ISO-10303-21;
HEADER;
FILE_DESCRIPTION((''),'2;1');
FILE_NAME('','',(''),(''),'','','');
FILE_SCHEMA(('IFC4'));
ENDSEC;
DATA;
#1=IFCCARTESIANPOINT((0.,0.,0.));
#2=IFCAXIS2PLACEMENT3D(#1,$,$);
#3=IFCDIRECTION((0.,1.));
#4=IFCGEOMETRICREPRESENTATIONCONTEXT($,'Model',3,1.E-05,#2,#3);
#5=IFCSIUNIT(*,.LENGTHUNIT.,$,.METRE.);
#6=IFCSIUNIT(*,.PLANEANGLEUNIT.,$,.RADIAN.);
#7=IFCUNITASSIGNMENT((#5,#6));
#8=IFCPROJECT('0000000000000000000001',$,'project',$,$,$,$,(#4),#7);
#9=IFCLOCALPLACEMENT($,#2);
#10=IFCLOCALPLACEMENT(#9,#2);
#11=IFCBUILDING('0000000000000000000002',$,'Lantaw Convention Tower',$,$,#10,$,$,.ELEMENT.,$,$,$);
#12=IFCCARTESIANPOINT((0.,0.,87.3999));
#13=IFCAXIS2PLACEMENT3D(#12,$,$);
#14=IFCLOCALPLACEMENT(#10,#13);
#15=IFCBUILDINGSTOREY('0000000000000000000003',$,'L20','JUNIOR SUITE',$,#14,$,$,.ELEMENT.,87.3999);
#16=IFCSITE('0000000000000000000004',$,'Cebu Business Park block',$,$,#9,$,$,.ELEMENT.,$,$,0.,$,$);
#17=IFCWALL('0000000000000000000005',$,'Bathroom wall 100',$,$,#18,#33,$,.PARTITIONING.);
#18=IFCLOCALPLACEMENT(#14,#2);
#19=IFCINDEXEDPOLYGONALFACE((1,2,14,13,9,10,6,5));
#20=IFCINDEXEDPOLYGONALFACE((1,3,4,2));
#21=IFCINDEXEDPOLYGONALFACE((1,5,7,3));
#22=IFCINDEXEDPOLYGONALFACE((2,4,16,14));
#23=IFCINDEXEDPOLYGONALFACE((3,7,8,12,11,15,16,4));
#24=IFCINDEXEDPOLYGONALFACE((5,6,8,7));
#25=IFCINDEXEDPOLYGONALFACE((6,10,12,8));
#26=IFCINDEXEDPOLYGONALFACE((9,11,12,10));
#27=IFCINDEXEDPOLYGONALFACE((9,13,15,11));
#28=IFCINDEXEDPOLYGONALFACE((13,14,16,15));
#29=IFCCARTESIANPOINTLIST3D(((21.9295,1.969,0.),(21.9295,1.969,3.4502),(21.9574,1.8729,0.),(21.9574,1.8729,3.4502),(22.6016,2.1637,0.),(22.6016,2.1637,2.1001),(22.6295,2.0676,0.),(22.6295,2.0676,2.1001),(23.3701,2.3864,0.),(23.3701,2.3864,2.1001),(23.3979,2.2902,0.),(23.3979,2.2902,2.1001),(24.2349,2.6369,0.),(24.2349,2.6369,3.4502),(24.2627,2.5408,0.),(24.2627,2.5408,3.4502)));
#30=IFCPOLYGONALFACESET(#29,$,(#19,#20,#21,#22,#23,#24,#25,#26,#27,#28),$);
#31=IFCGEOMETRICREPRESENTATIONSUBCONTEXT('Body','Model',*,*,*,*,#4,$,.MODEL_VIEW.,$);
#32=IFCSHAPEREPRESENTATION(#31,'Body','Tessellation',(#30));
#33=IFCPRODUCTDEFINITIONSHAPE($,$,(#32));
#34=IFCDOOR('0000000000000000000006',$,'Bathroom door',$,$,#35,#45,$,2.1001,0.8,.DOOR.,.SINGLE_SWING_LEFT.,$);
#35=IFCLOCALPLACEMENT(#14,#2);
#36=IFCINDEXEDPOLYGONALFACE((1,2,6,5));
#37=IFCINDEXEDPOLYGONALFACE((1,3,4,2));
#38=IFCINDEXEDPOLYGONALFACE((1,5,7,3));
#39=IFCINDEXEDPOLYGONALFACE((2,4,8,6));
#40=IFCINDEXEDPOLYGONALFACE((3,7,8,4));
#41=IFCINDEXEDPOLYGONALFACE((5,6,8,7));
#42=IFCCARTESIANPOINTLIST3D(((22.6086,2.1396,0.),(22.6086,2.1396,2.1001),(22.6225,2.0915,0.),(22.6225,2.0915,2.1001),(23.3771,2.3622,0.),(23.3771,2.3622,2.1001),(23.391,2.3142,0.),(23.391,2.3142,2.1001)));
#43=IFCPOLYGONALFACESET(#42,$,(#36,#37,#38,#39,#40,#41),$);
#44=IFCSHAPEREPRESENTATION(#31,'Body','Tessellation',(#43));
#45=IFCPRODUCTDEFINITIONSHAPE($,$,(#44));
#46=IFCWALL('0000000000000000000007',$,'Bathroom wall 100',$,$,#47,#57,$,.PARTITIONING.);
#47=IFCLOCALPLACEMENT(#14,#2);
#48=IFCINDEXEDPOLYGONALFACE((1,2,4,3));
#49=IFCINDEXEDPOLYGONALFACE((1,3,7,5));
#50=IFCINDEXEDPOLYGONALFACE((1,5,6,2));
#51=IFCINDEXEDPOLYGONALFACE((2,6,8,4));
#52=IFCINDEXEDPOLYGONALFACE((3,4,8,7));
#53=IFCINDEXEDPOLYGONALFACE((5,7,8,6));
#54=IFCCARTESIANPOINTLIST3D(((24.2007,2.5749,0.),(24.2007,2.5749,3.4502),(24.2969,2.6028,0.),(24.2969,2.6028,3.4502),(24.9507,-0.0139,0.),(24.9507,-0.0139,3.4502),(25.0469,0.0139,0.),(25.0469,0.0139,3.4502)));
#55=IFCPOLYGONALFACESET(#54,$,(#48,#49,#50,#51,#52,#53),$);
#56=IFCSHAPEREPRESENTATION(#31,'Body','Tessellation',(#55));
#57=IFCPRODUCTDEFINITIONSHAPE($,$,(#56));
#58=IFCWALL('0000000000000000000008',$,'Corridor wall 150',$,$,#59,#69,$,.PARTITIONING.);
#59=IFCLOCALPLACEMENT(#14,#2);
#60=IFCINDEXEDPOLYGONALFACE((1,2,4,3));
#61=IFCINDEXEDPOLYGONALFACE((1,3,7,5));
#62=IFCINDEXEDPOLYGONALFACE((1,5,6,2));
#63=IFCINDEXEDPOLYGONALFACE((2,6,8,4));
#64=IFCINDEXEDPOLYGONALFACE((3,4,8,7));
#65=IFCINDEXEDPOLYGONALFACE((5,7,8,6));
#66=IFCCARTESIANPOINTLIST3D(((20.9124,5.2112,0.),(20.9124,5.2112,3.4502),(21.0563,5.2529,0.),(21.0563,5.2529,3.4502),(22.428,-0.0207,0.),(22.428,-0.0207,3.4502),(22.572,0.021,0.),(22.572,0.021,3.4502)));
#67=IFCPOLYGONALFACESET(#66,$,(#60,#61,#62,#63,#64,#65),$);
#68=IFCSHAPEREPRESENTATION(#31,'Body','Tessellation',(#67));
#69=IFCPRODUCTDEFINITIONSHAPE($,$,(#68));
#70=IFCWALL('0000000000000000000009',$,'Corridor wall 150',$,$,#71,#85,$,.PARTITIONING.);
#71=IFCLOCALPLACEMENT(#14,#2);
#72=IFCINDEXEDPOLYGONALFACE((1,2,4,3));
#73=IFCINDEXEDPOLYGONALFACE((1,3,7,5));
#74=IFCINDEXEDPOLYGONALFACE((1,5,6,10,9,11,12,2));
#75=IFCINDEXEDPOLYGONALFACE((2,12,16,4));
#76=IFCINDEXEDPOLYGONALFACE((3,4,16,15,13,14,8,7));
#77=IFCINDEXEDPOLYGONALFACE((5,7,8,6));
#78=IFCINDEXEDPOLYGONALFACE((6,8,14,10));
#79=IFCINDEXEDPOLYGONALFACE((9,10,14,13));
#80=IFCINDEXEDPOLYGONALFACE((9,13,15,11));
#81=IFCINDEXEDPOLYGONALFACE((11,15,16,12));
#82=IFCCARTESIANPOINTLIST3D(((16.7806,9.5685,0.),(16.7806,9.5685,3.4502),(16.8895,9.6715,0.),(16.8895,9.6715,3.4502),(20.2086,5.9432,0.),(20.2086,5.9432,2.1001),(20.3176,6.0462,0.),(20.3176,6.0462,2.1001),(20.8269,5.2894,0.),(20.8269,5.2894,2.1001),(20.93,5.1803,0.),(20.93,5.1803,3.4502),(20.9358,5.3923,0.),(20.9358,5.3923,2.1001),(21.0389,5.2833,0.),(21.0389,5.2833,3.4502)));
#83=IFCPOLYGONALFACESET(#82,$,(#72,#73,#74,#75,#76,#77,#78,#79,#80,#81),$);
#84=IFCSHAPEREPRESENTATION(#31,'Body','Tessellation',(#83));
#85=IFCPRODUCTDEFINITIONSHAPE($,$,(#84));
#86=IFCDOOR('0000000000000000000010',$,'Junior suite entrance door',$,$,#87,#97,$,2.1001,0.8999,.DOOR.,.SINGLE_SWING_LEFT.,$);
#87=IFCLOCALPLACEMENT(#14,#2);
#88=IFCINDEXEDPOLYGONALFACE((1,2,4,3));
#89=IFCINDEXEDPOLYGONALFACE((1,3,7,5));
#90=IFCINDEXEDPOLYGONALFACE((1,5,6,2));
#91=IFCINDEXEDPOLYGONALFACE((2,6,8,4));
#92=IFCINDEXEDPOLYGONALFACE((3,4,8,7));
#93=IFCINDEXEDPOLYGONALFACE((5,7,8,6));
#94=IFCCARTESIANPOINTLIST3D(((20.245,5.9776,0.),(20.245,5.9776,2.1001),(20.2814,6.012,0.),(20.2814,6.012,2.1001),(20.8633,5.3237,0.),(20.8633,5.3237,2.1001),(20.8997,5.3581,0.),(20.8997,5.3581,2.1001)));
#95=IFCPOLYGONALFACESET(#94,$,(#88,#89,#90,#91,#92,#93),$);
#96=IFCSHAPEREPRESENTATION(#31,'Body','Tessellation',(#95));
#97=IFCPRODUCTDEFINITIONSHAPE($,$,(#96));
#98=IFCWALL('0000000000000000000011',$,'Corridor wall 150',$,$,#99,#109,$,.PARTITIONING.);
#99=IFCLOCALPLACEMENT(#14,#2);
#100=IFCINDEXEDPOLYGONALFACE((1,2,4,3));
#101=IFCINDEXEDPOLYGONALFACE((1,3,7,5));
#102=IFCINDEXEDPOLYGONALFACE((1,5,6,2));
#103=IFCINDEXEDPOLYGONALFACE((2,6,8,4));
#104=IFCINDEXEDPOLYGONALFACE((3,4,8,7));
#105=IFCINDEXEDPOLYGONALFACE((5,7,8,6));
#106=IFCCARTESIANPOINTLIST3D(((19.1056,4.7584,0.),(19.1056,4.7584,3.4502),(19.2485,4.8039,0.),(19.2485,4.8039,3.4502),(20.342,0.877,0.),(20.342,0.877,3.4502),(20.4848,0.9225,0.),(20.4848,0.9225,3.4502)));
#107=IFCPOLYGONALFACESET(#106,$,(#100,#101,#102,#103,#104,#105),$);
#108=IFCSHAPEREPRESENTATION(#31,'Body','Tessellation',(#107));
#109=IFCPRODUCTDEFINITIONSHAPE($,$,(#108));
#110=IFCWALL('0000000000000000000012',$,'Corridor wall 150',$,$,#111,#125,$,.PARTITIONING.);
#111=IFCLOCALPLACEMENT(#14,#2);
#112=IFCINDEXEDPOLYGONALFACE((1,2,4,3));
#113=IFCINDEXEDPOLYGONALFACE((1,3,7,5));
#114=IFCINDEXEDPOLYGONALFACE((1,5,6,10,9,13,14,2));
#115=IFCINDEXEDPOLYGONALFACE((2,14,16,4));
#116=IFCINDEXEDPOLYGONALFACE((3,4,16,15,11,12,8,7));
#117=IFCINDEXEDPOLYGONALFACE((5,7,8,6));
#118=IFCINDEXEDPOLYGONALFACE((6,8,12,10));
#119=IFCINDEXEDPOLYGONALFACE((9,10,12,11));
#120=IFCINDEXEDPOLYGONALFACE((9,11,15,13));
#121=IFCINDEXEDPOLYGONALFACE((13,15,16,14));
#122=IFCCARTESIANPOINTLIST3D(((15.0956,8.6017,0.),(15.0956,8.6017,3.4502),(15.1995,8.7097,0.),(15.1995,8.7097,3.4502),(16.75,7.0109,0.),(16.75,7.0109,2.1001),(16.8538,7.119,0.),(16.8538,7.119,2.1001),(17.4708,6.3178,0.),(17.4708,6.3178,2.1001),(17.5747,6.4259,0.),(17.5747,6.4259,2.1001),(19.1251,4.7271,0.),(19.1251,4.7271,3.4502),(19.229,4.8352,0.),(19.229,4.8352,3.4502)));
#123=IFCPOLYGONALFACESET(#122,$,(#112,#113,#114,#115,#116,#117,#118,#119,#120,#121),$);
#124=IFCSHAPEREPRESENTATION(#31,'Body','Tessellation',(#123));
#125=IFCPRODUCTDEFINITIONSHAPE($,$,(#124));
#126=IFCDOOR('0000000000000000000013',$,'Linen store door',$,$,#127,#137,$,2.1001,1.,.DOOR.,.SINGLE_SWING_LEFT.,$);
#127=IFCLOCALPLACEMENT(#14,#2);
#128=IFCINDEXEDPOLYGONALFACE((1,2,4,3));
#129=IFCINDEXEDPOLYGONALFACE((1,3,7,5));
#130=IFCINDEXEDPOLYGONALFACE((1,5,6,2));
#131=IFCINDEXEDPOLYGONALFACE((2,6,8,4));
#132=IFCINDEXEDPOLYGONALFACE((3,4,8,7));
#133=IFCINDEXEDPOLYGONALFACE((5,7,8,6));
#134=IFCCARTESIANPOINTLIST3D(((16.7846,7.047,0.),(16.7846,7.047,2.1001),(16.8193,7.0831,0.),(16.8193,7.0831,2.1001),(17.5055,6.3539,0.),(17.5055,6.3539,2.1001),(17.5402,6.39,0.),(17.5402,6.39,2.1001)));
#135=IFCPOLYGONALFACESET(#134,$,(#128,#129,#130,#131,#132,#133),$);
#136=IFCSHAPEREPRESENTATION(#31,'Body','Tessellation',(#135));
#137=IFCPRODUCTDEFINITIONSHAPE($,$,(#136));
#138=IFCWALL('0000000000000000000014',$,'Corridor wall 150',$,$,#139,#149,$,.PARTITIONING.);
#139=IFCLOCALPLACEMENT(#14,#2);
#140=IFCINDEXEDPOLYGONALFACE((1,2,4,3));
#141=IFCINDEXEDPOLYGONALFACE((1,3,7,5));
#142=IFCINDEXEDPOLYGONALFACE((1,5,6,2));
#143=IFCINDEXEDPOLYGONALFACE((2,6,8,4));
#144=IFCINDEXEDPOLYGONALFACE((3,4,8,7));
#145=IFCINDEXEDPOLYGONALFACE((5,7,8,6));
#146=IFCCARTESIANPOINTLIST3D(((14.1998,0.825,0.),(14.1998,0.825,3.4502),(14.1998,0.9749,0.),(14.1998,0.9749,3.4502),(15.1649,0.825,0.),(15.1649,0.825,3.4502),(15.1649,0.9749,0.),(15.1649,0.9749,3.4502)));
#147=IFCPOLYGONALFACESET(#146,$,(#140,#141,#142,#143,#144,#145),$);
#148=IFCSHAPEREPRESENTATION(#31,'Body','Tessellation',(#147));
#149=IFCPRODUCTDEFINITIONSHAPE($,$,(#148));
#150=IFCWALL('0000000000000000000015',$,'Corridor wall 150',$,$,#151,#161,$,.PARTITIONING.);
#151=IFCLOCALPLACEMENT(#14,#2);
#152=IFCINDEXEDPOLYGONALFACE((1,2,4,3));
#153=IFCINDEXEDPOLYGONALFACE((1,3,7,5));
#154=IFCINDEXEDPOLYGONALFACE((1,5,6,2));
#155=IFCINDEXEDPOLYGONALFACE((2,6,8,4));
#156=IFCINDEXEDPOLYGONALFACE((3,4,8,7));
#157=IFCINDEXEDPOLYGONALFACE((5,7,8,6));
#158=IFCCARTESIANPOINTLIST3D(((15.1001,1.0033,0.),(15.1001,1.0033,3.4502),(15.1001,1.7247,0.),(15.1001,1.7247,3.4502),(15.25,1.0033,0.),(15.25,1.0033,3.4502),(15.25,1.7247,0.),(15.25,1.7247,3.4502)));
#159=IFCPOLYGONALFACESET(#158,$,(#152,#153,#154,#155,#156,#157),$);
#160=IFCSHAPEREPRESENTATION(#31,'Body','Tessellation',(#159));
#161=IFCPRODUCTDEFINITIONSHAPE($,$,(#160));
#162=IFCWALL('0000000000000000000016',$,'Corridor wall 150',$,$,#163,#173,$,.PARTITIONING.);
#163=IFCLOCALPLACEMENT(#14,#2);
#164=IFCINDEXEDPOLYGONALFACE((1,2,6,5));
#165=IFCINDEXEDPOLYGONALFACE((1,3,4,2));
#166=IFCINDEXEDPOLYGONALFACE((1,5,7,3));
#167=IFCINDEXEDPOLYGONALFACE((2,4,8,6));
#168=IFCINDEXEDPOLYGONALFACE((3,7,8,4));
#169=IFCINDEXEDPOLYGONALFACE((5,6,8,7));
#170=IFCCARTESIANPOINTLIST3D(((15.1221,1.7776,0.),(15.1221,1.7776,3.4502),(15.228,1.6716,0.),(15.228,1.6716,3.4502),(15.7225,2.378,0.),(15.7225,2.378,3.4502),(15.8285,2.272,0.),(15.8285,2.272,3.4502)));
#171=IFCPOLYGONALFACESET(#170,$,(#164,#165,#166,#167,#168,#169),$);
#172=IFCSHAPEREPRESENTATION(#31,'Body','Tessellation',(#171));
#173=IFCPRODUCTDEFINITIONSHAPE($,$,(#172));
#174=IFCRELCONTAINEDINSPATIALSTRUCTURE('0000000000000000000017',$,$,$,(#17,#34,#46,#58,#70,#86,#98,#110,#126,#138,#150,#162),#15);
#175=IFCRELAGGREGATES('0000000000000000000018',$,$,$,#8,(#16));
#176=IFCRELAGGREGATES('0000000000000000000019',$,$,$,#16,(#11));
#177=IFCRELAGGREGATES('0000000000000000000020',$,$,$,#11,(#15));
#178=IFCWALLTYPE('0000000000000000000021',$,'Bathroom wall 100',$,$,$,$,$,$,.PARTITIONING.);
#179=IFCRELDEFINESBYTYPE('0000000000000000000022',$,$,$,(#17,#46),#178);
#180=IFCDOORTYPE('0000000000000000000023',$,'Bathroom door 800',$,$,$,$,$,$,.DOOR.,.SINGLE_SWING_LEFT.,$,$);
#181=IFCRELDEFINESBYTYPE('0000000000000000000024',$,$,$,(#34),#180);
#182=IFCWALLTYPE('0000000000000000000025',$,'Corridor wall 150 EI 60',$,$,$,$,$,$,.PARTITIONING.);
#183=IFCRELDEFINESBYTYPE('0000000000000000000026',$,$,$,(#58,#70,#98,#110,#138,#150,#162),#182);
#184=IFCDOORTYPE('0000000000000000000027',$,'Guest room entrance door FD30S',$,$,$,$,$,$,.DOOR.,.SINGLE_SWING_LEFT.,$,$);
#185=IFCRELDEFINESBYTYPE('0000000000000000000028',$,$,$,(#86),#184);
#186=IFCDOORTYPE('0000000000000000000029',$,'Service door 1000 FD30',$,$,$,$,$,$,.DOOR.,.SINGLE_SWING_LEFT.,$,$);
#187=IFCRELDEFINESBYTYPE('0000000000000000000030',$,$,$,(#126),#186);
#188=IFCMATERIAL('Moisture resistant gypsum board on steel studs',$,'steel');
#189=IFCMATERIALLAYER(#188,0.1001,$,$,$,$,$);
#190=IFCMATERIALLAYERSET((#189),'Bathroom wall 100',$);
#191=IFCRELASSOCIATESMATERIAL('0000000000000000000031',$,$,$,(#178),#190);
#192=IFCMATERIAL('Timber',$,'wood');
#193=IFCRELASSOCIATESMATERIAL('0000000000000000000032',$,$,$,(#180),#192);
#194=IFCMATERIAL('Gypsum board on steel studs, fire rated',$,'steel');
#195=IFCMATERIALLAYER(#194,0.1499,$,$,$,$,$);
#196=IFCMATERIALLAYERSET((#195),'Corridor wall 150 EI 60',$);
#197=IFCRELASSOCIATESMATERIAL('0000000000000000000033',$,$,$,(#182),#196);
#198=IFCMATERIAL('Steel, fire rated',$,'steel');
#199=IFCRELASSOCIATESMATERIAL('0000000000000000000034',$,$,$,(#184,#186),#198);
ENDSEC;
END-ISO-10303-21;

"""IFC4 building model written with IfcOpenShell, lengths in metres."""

from ifc_helpers import new_model, si_unit, direction, frame, frame_2d, origin, place, context, subcontext, project, spatial, rectangle, extrude, material, layer, layer_set, type_object, element, fill, save


model = new_model("IFC4")

# Units and contexts
model_context = context("Model", 3, precision=1e-05, world=origin(), true_north=direction((0.0, 1.0)))
body_context = subcontext(model_context, "Body", "Model", "MODEL_VIEW")
ifc_project = project(units=[si_unit("LENGTHUNIT", "METRE"), si_unit("PLANEANGLEUNIT", "RADIAN")], contexts=[model_context])

# Site, building, storey
site_placement = place(None, origin())
site = spatial("IfcSite", under=ifc_project, at=site_placement, Name="Cebu Business Park block", CompositionType="ELEMENT", RefElevation=0.0)
building_placement = place(site_placement, origin())
building = spatial("IfcBuilding", under=site, at=building_placement, Name="Lantaw Convention Tower", CompositionType="ELEMENT")
storey_placement = place(building_placement, frame((0.0, 0.0, 87.3999)))
storey = spatial("IfcBuildingStorey", under=building, at=storey_placement, Name="L20", Description="JUNIOR SUITE", CompositionType="ELEMENT", Elevation=87.3999)

# Wall, opening, door
ifc_material_1 = material(Name="Moisture resistant gypsum board on steel studs", Category="steel")
ifc_layer_1 = layer(ifc_material_1, 0.1001)
ifc_layer_set_1 = layer_set([ifc_layer_1], Name="Bathroom wall 100")
wall_type_1 = type_object("IfcWallType", Name="Bathroom wall 100", PredefinedType="PARTITIONING", material=ifc_layer_set_1)
wall_1_placement = place(storey_placement, frame((21.9434, 1.9209, 0.0), z_axis=(0.0, 0.0, 1.0), x_axis=(0.960496, 0.278293, 0.0)))
wall_1 = element("IfcWall", 1, at=wall_1_placement, inside=storey, type_object=wall_type_1, Name="Bathroom wall 100", PredefinedType="PARTITIONING", context=body_context, shape_type="SweptSolid", body=[
    extrude(rectangle(XDim=2.4001, YDim=0.1001, at=frame_2d((1.2002, 0.0))), origin(), (0.0, 0.0, 1.0), 3.4502),
])
opening_1_placement = place(wall_1_placement, frame((0.7, 0.0, 0.0)))
opening_1 = element("IfcOpeningElement", 2, at=opening_1_placement, cuts=wall_1, PredefinedType="OPENING", context=body_context, shape_type="SweptSolid", body=[
    extrude(rectangle(XDim=0.8, YDim=2.1001, at=frame_2d((0.3999, 1.05))), frame((0.0, 0.0601, 0.0), z_axis=(0.0, -1.0, 0.0), x_axis=(1.0, 0.0, 0.0)), (0.0, 0.0, 1.0), 0.1201),
])
ifc_material_2 = material(Name="Timber", Category="wood")
door_type_1 = type_object("IfcDoorType", Name="Bathroom door 800", OperationType="SINGLE_SWING_LEFT", PredefinedType="DOOR", material=ifc_material_2)
door_1_placement = place(opening_1_placement, origin())
door_1 = element("IfcDoor", 3, at=door_1_placement, inside=storey, type_object=door_type_1, Name="Bathroom door", OperationType="SINGLE_SWING_LEFT", OverallHeight=2.1001, OverallWidth=0.8, PredefinedType="DOOR", context=body_context, shape_type="SweptSolid", body=[
    extrude(rectangle(XDim=0.8, YDim=2.1001, at=frame_2d((0.3999, 1.05))), frame((0.0, 0.0249, 0.0), z_axis=(0.0, -1.0, 0.0), x_axis=(1.0, 0.0, 0.0)), (0.0, 0.0, 1.0), 0.05),
])
fill(opening_1, door_1)

# Walls
wall_2_placement = place(storey_placement, frame((24.2488, 2.5889, 0.0), z_axis=(0.0, 0.0, 1.0), x_axis=(0.27826, -0.960506, 0.0)))
element("IfcWall", 4, at=wall_2_placement, inside=storey, type_object=wall_type_1, Name="Bathroom wall 100", PredefinedType="PARTITIONING", context=body_context, shape_type="SweptSolid", body=[
    extrude(rectangle(XDim=2.6953, YDim=0.1001, at=frame_2d((1.3477, 0.0))), origin(), (0.0, 0.0, 1.0), 3.4502),
])
ifc_material_3 = material(Name="Gypsum board on steel studs, fire rated", Category="steel")
ifc_layer_2 = layer(ifc_material_3, 0.1499)
ifc_layer_set_2 = layer_set([ifc_layer_2], Name="Corridor wall 150 EI 60")
wall_type_2 = type_object("IfcWallType", Name="Corridor wall 150 EI 60", PredefinedType="PARTITIONING", material=ifc_layer_set_2)
wall_3_placement = place(storey_placement, frame((22.5, 0.0, 0.0), z_axis=(0.0, 0.0, 1.0), x_axis=(-0.278247, 0.960509, 0.0)))
element("IfcWall", 5, at=wall_3_placement, inside=storey, type_object=wall_type_2, Name="Corridor wall 150", PredefinedType="PARTITIONING", context=body_context, shape_type="SweptSolid", body=[
    extrude(rectangle(XDim=5.447, YDim=0.1499, at=frame_2d((2.7236, 0.0))), origin(), (0.0, 0.0, 1.0), 3.4502),
])

# Wall, opening, door
wall_4_placement = place(storey_placement, frame((20.9844, 5.2319, 0.0), z_axis=(0.0, 0.0, 1.0), x_axis=(-0.687063, 0.726598, 0.0)))
wall_4 = element("IfcWall", 6, at=wall_4_placement, inside=storey, type_object=wall_type_2, Name="Corridor wall 150", PredefinedType="PARTITIONING", context=body_context, shape_type="SweptSolid", body=[
    extrude(rectangle(XDim=6.0393, YDim=0.1499, at=frame_2d((3.0195, 0.0))), origin(), (0.0, 0.0, 1.0), 3.4502),
])
opening_2_placement = place(wall_4_placement, frame((0.1499, 0.0, 0.0)))
opening_2 = element("IfcOpeningElement", 7, at=opening_2_placement, cuts=wall_4, PredefinedType="OPENING", context=body_context, shape_type="SweptSolid", body=[
    extrude(rectangle(XDim=0.8999, YDim=2.1001, at=frame_2d((0.45, 1.05))), frame((0.0, 0.085, 0.0), z_axis=(0.0, -1.0, 0.0), x_axis=(1.0, 0.0, 0.0)), (0.0, 0.0, 1.0), 0.1699),
])
ifc_material_4 = material(Name="Steel, fire rated", Category="steel")
door_type_2 = type_object("IfcDoorType", Name="Guest room entrance door FD30S", OperationType="SINGLE_SWING_LEFT", PredefinedType="DOOR", material=ifc_material_4)
door_2_placement = place(opening_2_placement, origin())
door_2 = element("IfcDoor", 8, at=door_2_placement, inside=storey, type_object=door_type_2, Name="Junior suite entrance door", OperationType="SINGLE_SWING_LEFT", OverallHeight=2.1001, OverallWidth=0.8999, PredefinedType="DOOR", context=body_context, shape_type="SweptSolid", body=[
    extrude(rectangle(XDim=0.8999, YDim=2.1001, at=frame_2d((0.45, 1.05))), frame((0.0, 0.0249, 0.0), z_axis=(0.0, -1.0, 0.0), x_axis=(1.0, 0.0, 0.0)), (0.0, 0.0, 1.0), 0.05),
])
fill(opening_2, door_2)

# Wall
wall_5_placement = place(storey_placement, frame((20.4133, 0.8999, 0.0), z_axis=(0.0, 0.0, 1.0), x_axis=(-0.303505, 0.95283, 0.0)))
element("IfcWall", 9, at=wall_5_placement, inside=storey, type_object=wall_type_2, Name="Corridor wall 150", PredefinedType="PARTITIONING", context=body_context, shape_type="SweptSolid", body=[
    extrude(rectangle(XDim=4.0735, YDim=0.1499, at=frame_2d((2.0366, 0.0))), origin(), (0.0, 0.0, 1.0), 3.4502),
])

# Wall, opening, door
wall_6_placement = place(storey_placement, frame((19.177, 4.7812, 0.0), z_axis=(0.0, 0.0, 1.0), x_axis=(-0.720837, 0.693104, 0.0)))
wall_6 = element("IfcWall", 10, at=wall_6_placement, inside=storey, type_object=wall_type_2, Name="Corridor wall 150", PredefinedType="PARTITIONING", context=body_context, shape_type="SweptSolid", body=[
    extrude(rectangle(XDim=5.5901, YDim=0.1499, at=frame_2d((2.7949, 0.0))), origin(), (0.0, 0.0, 1.0), 3.4502),
])
opening_3_placement = place(wall_6_placement, frame((2.2949, 0.0, 0.0)))
opening_3 = element("IfcOpeningElement", 11, at=opening_3_placement, cuts=wall_6, PredefinedType="OPENING", context=body_context, shape_type="SweptSolid", body=[
    extrude(rectangle(XDim=1.0, YDim=2.1001, at=frame_2d((0.5, 1.05))), frame((0.0, 0.085, 0.0), z_axis=(0.0, -1.0, 0.0), x_axis=(1.0, 0.0, 0.0)), (0.0, 0.0, 1.0), 0.1699),
])
door_type_3 = type_object("IfcDoorType", Name="Service door 1000 FD30", OperationType="SINGLE_SWING_LEFT", PredefinedType="DOOR", material=ifc_material_4)
door_3_placement = place(opening_3_placement, origin())
door_3 = element("IfcDoor", 12, at=door_3_placement, inside=storey, type_object=door_type_3, Name="Linen store door", OperationType="SINGLE_SWING_LEFT", OverallHeight=2.1001, OverallWidth=1.0, PredefinedType="DOOR", context=body_context, shape_type="SweptSolid", body=[
    extrude(rectangle(XDim=1.0, YDim=2.1001, at=frame_2d((0.5, 1.05))), frame((0.0, 0.0249, 0.0), z_axis=(0.0, -1.0, 0.0), x_axis=(1.0, 0.0, 0.0)), (0.0, 0.0, 1.0), 0.05),
])
fill(opening_3, door_3)

# Walls
wall_7_placement = place(storey_placement, frame((14.2, 0.8999, 0.0), z_axis=(0.0, 0.0, 1.0), x_axis=(1.0, 0.0, 0.0)))
element("IfcWall", 13, at=wall_7_placement, inside=storey, type_object=wall_type_2, Name="Corridor wall 150", PredefinedType="PARTITIONING", context=body_context, shape_type="SweptSolid", body=[
    extrude(rectangle(XDim=0.9651, YDim=0.1499, at=frame_2d((0.4824, 0.0))), origin(), (0.0, 0.0, 1.0), 3.4502),
])
wall_8_placement = place(storey_placement, frame((15.175, 1.0032, 0.0), z_axis=(0.0, 0.0, 1.0), x_axis=(0.0, 1.0, 0.0)))
element("IfcWall", 14, at=wall_8_placement, inside=storey, type_object=wall_type_2, Name="Corridor wall 150", PredefinedType="PARTITIONING", context=body_context, shape_type="SweptSolid", body=[
    extrude(rectangle(XDim=0.7214, YDim=0.1499, at=frame_2d((0.3608, 0.0))), origin(), (0.0, 0.0, 1.0), 3.4502),
])
wall_9_placement = place(storey_placement, frame((15.175, 1.7246, 0.0), z_axis=(0.0, 0.0, 1.0), x_axis=(0.707107, 0.707107, 0.0)))
element("IfcWall", 15, at=wall_9_placement, inside=storey, type_object=wall_type_2, Name="Corridor wall 150", PredefinedType="PARTITIONING", context=body_context, shape_type="SweptSolid", body=[
    extrude(rectangle(XDim=0.8491, YDim=0.1499, at=frame_2d((0.4246, 0.0))), origin(), (0.0, 0.0, 1.0), 3.4502),
])

save(model, "model.ifc")
